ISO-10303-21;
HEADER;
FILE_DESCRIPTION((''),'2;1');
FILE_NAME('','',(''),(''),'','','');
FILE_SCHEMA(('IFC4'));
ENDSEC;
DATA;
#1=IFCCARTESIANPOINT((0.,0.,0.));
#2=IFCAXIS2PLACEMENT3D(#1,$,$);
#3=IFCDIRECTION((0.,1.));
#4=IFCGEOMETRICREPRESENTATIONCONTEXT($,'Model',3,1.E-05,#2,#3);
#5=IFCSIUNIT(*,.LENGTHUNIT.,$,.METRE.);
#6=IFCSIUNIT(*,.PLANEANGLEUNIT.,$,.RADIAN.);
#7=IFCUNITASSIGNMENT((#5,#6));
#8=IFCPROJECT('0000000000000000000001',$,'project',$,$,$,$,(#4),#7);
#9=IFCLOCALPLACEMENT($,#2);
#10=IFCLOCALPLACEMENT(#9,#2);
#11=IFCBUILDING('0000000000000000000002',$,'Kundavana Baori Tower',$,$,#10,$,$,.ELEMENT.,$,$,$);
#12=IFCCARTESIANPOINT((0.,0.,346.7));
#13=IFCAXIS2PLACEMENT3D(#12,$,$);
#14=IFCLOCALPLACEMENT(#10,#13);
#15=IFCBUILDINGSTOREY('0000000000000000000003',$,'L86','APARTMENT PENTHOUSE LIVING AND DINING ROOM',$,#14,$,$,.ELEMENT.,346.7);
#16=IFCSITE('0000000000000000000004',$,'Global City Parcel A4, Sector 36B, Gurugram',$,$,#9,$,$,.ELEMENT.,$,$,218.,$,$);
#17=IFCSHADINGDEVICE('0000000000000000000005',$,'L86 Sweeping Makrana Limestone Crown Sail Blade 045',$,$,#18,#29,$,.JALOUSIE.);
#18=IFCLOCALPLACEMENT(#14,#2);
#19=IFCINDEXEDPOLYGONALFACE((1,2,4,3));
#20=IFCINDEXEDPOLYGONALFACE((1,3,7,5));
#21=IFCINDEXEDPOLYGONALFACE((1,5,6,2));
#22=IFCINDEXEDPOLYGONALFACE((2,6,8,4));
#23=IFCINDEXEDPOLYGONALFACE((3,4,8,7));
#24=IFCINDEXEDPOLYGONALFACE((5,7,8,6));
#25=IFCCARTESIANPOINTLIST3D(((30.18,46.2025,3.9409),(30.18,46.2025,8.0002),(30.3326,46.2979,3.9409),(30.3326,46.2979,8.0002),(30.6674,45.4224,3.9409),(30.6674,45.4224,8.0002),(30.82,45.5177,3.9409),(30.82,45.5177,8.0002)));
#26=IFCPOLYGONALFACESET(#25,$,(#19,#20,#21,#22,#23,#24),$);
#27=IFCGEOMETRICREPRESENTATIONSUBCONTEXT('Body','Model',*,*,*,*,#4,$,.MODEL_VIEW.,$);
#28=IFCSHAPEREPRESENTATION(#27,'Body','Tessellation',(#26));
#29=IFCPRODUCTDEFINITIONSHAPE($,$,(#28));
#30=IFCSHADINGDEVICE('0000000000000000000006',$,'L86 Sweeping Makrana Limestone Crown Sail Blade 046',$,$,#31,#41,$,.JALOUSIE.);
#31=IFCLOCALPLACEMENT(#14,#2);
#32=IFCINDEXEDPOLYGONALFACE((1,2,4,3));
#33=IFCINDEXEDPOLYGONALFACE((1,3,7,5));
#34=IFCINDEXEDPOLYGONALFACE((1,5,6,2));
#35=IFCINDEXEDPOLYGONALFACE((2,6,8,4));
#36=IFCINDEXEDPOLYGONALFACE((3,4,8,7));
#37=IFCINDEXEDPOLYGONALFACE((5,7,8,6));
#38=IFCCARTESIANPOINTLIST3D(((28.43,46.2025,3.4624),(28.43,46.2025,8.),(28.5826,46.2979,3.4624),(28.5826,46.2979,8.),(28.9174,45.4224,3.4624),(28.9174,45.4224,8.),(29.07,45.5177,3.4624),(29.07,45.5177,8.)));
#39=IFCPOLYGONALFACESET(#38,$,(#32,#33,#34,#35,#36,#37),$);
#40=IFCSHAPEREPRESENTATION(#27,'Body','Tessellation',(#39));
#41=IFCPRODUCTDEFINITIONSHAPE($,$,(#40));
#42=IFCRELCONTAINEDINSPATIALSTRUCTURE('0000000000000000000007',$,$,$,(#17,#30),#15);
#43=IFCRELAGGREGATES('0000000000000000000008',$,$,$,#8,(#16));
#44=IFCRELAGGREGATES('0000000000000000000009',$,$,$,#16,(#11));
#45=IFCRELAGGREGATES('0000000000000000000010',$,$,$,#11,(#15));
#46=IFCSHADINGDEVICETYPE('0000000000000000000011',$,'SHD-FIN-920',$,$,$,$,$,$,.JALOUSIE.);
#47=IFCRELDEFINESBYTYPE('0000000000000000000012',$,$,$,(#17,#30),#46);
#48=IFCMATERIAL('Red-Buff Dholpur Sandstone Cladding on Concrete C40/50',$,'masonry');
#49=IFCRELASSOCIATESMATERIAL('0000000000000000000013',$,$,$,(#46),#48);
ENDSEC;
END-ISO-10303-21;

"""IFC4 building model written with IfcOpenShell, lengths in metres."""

from ifc_helpers import new_model, si_unit, direction, frame, origin, origin_2d, place, context, subcontext, project, spatial, rectangle, extrude, material, type_object, element, save


model = new_model("IFC4")

# Units and contexts
model_context = context("Model", 3, precision=1e-05, world=origin(), true_north=direction((0.0, 1.0)))
body_context = subcontext(model_context, "Body", "Model", "MODEL_VIEW")
ifc_project = project(units=[si_unit("LENGTHUNIT", "METRE"), si_unit("PLANEANGLEUNIT", "RADIAN")], contexts=[model_context])

# Site, building, storey
site_placement = place(None, origin())
site = spatial("IfcSite", under=ifc_project, at=site_placement, Name="Global City Parcel A4, Sector 36B, Gurugram", CompositionType="ELEMENT", RefElevation=218.0)
building_placement = place(site_placement, origin())
building = spatial("IfcBuilding", under=site, at=building_placement, Name="Kundavana Baori Tower", CompositionType="ELEMENT")
storey_placement = place(building_placement, frame((0.0, 0.0, 346.7)))
storey = spatial("IfcBuildingStorey", under=building, at=storey_placement, Name="L86", Description="APARTMENT PENTHOUSE LIVING AND DINING ROOM", CompositionType="ELEMENT", Elevation=346.7)

# Shading devices
ifc_material_1 = material(Name="Red-Buff Dholpur Sandstone Cladding on Concrete C40/50", Category="masonry")
shading_device_type = type_object("IfcShadingDeviceType", Name="SHD-FIN-920", PredefinedType="JALOUSIE", material=ifc_material_1)
shading_device_1_placement = place(storey_placement, frame((30.5, 45.8601, 3.9409), z_axis=(0.0, 0.0, 1.0), x_axis=(0.848048, 0.529919, 0.0)))
element("IfcShadingDevice", 1, at=shading_device_1_placement, inside=storey, type_object=shading_device_type, Name="L86 Sweeping Makrana Limestone Crown Sail Blade 045", PredefinedType="JALOUSIE", context=body_context, shape_type="SweptSolid", body=[
    extrude(rectangle(XDim=0.1799, YDim=0.9199, at=origin_2d()), origin(), (0.0, 0.0, 1.0), 4.0593),
])
shading_device_2_placement = place(storey_placement, frame((28.75, 45.8601, 3.4624), z_axis=(0.0, 0.0, 1.0), x_axis=(0.848048, 0.529919, 0.0)))
element("IfcShadingDevice", 2, at=shading_device_2_placement, inside=storey, type_object=shading_device_type, Name="L86 Sweeping Makrana Limestone Crown Sail Blade 046", PredefinedType="JALOUSIE", context=body_context, shape_type="SweptSolid", body=[
    extrude(rectangle(XDim=0.1799, YDim=0.9199, at=origin_2d()), origin(), (0.0, 0.0, 1.0), 4.5376),
])

save(model, "model.ifc")
